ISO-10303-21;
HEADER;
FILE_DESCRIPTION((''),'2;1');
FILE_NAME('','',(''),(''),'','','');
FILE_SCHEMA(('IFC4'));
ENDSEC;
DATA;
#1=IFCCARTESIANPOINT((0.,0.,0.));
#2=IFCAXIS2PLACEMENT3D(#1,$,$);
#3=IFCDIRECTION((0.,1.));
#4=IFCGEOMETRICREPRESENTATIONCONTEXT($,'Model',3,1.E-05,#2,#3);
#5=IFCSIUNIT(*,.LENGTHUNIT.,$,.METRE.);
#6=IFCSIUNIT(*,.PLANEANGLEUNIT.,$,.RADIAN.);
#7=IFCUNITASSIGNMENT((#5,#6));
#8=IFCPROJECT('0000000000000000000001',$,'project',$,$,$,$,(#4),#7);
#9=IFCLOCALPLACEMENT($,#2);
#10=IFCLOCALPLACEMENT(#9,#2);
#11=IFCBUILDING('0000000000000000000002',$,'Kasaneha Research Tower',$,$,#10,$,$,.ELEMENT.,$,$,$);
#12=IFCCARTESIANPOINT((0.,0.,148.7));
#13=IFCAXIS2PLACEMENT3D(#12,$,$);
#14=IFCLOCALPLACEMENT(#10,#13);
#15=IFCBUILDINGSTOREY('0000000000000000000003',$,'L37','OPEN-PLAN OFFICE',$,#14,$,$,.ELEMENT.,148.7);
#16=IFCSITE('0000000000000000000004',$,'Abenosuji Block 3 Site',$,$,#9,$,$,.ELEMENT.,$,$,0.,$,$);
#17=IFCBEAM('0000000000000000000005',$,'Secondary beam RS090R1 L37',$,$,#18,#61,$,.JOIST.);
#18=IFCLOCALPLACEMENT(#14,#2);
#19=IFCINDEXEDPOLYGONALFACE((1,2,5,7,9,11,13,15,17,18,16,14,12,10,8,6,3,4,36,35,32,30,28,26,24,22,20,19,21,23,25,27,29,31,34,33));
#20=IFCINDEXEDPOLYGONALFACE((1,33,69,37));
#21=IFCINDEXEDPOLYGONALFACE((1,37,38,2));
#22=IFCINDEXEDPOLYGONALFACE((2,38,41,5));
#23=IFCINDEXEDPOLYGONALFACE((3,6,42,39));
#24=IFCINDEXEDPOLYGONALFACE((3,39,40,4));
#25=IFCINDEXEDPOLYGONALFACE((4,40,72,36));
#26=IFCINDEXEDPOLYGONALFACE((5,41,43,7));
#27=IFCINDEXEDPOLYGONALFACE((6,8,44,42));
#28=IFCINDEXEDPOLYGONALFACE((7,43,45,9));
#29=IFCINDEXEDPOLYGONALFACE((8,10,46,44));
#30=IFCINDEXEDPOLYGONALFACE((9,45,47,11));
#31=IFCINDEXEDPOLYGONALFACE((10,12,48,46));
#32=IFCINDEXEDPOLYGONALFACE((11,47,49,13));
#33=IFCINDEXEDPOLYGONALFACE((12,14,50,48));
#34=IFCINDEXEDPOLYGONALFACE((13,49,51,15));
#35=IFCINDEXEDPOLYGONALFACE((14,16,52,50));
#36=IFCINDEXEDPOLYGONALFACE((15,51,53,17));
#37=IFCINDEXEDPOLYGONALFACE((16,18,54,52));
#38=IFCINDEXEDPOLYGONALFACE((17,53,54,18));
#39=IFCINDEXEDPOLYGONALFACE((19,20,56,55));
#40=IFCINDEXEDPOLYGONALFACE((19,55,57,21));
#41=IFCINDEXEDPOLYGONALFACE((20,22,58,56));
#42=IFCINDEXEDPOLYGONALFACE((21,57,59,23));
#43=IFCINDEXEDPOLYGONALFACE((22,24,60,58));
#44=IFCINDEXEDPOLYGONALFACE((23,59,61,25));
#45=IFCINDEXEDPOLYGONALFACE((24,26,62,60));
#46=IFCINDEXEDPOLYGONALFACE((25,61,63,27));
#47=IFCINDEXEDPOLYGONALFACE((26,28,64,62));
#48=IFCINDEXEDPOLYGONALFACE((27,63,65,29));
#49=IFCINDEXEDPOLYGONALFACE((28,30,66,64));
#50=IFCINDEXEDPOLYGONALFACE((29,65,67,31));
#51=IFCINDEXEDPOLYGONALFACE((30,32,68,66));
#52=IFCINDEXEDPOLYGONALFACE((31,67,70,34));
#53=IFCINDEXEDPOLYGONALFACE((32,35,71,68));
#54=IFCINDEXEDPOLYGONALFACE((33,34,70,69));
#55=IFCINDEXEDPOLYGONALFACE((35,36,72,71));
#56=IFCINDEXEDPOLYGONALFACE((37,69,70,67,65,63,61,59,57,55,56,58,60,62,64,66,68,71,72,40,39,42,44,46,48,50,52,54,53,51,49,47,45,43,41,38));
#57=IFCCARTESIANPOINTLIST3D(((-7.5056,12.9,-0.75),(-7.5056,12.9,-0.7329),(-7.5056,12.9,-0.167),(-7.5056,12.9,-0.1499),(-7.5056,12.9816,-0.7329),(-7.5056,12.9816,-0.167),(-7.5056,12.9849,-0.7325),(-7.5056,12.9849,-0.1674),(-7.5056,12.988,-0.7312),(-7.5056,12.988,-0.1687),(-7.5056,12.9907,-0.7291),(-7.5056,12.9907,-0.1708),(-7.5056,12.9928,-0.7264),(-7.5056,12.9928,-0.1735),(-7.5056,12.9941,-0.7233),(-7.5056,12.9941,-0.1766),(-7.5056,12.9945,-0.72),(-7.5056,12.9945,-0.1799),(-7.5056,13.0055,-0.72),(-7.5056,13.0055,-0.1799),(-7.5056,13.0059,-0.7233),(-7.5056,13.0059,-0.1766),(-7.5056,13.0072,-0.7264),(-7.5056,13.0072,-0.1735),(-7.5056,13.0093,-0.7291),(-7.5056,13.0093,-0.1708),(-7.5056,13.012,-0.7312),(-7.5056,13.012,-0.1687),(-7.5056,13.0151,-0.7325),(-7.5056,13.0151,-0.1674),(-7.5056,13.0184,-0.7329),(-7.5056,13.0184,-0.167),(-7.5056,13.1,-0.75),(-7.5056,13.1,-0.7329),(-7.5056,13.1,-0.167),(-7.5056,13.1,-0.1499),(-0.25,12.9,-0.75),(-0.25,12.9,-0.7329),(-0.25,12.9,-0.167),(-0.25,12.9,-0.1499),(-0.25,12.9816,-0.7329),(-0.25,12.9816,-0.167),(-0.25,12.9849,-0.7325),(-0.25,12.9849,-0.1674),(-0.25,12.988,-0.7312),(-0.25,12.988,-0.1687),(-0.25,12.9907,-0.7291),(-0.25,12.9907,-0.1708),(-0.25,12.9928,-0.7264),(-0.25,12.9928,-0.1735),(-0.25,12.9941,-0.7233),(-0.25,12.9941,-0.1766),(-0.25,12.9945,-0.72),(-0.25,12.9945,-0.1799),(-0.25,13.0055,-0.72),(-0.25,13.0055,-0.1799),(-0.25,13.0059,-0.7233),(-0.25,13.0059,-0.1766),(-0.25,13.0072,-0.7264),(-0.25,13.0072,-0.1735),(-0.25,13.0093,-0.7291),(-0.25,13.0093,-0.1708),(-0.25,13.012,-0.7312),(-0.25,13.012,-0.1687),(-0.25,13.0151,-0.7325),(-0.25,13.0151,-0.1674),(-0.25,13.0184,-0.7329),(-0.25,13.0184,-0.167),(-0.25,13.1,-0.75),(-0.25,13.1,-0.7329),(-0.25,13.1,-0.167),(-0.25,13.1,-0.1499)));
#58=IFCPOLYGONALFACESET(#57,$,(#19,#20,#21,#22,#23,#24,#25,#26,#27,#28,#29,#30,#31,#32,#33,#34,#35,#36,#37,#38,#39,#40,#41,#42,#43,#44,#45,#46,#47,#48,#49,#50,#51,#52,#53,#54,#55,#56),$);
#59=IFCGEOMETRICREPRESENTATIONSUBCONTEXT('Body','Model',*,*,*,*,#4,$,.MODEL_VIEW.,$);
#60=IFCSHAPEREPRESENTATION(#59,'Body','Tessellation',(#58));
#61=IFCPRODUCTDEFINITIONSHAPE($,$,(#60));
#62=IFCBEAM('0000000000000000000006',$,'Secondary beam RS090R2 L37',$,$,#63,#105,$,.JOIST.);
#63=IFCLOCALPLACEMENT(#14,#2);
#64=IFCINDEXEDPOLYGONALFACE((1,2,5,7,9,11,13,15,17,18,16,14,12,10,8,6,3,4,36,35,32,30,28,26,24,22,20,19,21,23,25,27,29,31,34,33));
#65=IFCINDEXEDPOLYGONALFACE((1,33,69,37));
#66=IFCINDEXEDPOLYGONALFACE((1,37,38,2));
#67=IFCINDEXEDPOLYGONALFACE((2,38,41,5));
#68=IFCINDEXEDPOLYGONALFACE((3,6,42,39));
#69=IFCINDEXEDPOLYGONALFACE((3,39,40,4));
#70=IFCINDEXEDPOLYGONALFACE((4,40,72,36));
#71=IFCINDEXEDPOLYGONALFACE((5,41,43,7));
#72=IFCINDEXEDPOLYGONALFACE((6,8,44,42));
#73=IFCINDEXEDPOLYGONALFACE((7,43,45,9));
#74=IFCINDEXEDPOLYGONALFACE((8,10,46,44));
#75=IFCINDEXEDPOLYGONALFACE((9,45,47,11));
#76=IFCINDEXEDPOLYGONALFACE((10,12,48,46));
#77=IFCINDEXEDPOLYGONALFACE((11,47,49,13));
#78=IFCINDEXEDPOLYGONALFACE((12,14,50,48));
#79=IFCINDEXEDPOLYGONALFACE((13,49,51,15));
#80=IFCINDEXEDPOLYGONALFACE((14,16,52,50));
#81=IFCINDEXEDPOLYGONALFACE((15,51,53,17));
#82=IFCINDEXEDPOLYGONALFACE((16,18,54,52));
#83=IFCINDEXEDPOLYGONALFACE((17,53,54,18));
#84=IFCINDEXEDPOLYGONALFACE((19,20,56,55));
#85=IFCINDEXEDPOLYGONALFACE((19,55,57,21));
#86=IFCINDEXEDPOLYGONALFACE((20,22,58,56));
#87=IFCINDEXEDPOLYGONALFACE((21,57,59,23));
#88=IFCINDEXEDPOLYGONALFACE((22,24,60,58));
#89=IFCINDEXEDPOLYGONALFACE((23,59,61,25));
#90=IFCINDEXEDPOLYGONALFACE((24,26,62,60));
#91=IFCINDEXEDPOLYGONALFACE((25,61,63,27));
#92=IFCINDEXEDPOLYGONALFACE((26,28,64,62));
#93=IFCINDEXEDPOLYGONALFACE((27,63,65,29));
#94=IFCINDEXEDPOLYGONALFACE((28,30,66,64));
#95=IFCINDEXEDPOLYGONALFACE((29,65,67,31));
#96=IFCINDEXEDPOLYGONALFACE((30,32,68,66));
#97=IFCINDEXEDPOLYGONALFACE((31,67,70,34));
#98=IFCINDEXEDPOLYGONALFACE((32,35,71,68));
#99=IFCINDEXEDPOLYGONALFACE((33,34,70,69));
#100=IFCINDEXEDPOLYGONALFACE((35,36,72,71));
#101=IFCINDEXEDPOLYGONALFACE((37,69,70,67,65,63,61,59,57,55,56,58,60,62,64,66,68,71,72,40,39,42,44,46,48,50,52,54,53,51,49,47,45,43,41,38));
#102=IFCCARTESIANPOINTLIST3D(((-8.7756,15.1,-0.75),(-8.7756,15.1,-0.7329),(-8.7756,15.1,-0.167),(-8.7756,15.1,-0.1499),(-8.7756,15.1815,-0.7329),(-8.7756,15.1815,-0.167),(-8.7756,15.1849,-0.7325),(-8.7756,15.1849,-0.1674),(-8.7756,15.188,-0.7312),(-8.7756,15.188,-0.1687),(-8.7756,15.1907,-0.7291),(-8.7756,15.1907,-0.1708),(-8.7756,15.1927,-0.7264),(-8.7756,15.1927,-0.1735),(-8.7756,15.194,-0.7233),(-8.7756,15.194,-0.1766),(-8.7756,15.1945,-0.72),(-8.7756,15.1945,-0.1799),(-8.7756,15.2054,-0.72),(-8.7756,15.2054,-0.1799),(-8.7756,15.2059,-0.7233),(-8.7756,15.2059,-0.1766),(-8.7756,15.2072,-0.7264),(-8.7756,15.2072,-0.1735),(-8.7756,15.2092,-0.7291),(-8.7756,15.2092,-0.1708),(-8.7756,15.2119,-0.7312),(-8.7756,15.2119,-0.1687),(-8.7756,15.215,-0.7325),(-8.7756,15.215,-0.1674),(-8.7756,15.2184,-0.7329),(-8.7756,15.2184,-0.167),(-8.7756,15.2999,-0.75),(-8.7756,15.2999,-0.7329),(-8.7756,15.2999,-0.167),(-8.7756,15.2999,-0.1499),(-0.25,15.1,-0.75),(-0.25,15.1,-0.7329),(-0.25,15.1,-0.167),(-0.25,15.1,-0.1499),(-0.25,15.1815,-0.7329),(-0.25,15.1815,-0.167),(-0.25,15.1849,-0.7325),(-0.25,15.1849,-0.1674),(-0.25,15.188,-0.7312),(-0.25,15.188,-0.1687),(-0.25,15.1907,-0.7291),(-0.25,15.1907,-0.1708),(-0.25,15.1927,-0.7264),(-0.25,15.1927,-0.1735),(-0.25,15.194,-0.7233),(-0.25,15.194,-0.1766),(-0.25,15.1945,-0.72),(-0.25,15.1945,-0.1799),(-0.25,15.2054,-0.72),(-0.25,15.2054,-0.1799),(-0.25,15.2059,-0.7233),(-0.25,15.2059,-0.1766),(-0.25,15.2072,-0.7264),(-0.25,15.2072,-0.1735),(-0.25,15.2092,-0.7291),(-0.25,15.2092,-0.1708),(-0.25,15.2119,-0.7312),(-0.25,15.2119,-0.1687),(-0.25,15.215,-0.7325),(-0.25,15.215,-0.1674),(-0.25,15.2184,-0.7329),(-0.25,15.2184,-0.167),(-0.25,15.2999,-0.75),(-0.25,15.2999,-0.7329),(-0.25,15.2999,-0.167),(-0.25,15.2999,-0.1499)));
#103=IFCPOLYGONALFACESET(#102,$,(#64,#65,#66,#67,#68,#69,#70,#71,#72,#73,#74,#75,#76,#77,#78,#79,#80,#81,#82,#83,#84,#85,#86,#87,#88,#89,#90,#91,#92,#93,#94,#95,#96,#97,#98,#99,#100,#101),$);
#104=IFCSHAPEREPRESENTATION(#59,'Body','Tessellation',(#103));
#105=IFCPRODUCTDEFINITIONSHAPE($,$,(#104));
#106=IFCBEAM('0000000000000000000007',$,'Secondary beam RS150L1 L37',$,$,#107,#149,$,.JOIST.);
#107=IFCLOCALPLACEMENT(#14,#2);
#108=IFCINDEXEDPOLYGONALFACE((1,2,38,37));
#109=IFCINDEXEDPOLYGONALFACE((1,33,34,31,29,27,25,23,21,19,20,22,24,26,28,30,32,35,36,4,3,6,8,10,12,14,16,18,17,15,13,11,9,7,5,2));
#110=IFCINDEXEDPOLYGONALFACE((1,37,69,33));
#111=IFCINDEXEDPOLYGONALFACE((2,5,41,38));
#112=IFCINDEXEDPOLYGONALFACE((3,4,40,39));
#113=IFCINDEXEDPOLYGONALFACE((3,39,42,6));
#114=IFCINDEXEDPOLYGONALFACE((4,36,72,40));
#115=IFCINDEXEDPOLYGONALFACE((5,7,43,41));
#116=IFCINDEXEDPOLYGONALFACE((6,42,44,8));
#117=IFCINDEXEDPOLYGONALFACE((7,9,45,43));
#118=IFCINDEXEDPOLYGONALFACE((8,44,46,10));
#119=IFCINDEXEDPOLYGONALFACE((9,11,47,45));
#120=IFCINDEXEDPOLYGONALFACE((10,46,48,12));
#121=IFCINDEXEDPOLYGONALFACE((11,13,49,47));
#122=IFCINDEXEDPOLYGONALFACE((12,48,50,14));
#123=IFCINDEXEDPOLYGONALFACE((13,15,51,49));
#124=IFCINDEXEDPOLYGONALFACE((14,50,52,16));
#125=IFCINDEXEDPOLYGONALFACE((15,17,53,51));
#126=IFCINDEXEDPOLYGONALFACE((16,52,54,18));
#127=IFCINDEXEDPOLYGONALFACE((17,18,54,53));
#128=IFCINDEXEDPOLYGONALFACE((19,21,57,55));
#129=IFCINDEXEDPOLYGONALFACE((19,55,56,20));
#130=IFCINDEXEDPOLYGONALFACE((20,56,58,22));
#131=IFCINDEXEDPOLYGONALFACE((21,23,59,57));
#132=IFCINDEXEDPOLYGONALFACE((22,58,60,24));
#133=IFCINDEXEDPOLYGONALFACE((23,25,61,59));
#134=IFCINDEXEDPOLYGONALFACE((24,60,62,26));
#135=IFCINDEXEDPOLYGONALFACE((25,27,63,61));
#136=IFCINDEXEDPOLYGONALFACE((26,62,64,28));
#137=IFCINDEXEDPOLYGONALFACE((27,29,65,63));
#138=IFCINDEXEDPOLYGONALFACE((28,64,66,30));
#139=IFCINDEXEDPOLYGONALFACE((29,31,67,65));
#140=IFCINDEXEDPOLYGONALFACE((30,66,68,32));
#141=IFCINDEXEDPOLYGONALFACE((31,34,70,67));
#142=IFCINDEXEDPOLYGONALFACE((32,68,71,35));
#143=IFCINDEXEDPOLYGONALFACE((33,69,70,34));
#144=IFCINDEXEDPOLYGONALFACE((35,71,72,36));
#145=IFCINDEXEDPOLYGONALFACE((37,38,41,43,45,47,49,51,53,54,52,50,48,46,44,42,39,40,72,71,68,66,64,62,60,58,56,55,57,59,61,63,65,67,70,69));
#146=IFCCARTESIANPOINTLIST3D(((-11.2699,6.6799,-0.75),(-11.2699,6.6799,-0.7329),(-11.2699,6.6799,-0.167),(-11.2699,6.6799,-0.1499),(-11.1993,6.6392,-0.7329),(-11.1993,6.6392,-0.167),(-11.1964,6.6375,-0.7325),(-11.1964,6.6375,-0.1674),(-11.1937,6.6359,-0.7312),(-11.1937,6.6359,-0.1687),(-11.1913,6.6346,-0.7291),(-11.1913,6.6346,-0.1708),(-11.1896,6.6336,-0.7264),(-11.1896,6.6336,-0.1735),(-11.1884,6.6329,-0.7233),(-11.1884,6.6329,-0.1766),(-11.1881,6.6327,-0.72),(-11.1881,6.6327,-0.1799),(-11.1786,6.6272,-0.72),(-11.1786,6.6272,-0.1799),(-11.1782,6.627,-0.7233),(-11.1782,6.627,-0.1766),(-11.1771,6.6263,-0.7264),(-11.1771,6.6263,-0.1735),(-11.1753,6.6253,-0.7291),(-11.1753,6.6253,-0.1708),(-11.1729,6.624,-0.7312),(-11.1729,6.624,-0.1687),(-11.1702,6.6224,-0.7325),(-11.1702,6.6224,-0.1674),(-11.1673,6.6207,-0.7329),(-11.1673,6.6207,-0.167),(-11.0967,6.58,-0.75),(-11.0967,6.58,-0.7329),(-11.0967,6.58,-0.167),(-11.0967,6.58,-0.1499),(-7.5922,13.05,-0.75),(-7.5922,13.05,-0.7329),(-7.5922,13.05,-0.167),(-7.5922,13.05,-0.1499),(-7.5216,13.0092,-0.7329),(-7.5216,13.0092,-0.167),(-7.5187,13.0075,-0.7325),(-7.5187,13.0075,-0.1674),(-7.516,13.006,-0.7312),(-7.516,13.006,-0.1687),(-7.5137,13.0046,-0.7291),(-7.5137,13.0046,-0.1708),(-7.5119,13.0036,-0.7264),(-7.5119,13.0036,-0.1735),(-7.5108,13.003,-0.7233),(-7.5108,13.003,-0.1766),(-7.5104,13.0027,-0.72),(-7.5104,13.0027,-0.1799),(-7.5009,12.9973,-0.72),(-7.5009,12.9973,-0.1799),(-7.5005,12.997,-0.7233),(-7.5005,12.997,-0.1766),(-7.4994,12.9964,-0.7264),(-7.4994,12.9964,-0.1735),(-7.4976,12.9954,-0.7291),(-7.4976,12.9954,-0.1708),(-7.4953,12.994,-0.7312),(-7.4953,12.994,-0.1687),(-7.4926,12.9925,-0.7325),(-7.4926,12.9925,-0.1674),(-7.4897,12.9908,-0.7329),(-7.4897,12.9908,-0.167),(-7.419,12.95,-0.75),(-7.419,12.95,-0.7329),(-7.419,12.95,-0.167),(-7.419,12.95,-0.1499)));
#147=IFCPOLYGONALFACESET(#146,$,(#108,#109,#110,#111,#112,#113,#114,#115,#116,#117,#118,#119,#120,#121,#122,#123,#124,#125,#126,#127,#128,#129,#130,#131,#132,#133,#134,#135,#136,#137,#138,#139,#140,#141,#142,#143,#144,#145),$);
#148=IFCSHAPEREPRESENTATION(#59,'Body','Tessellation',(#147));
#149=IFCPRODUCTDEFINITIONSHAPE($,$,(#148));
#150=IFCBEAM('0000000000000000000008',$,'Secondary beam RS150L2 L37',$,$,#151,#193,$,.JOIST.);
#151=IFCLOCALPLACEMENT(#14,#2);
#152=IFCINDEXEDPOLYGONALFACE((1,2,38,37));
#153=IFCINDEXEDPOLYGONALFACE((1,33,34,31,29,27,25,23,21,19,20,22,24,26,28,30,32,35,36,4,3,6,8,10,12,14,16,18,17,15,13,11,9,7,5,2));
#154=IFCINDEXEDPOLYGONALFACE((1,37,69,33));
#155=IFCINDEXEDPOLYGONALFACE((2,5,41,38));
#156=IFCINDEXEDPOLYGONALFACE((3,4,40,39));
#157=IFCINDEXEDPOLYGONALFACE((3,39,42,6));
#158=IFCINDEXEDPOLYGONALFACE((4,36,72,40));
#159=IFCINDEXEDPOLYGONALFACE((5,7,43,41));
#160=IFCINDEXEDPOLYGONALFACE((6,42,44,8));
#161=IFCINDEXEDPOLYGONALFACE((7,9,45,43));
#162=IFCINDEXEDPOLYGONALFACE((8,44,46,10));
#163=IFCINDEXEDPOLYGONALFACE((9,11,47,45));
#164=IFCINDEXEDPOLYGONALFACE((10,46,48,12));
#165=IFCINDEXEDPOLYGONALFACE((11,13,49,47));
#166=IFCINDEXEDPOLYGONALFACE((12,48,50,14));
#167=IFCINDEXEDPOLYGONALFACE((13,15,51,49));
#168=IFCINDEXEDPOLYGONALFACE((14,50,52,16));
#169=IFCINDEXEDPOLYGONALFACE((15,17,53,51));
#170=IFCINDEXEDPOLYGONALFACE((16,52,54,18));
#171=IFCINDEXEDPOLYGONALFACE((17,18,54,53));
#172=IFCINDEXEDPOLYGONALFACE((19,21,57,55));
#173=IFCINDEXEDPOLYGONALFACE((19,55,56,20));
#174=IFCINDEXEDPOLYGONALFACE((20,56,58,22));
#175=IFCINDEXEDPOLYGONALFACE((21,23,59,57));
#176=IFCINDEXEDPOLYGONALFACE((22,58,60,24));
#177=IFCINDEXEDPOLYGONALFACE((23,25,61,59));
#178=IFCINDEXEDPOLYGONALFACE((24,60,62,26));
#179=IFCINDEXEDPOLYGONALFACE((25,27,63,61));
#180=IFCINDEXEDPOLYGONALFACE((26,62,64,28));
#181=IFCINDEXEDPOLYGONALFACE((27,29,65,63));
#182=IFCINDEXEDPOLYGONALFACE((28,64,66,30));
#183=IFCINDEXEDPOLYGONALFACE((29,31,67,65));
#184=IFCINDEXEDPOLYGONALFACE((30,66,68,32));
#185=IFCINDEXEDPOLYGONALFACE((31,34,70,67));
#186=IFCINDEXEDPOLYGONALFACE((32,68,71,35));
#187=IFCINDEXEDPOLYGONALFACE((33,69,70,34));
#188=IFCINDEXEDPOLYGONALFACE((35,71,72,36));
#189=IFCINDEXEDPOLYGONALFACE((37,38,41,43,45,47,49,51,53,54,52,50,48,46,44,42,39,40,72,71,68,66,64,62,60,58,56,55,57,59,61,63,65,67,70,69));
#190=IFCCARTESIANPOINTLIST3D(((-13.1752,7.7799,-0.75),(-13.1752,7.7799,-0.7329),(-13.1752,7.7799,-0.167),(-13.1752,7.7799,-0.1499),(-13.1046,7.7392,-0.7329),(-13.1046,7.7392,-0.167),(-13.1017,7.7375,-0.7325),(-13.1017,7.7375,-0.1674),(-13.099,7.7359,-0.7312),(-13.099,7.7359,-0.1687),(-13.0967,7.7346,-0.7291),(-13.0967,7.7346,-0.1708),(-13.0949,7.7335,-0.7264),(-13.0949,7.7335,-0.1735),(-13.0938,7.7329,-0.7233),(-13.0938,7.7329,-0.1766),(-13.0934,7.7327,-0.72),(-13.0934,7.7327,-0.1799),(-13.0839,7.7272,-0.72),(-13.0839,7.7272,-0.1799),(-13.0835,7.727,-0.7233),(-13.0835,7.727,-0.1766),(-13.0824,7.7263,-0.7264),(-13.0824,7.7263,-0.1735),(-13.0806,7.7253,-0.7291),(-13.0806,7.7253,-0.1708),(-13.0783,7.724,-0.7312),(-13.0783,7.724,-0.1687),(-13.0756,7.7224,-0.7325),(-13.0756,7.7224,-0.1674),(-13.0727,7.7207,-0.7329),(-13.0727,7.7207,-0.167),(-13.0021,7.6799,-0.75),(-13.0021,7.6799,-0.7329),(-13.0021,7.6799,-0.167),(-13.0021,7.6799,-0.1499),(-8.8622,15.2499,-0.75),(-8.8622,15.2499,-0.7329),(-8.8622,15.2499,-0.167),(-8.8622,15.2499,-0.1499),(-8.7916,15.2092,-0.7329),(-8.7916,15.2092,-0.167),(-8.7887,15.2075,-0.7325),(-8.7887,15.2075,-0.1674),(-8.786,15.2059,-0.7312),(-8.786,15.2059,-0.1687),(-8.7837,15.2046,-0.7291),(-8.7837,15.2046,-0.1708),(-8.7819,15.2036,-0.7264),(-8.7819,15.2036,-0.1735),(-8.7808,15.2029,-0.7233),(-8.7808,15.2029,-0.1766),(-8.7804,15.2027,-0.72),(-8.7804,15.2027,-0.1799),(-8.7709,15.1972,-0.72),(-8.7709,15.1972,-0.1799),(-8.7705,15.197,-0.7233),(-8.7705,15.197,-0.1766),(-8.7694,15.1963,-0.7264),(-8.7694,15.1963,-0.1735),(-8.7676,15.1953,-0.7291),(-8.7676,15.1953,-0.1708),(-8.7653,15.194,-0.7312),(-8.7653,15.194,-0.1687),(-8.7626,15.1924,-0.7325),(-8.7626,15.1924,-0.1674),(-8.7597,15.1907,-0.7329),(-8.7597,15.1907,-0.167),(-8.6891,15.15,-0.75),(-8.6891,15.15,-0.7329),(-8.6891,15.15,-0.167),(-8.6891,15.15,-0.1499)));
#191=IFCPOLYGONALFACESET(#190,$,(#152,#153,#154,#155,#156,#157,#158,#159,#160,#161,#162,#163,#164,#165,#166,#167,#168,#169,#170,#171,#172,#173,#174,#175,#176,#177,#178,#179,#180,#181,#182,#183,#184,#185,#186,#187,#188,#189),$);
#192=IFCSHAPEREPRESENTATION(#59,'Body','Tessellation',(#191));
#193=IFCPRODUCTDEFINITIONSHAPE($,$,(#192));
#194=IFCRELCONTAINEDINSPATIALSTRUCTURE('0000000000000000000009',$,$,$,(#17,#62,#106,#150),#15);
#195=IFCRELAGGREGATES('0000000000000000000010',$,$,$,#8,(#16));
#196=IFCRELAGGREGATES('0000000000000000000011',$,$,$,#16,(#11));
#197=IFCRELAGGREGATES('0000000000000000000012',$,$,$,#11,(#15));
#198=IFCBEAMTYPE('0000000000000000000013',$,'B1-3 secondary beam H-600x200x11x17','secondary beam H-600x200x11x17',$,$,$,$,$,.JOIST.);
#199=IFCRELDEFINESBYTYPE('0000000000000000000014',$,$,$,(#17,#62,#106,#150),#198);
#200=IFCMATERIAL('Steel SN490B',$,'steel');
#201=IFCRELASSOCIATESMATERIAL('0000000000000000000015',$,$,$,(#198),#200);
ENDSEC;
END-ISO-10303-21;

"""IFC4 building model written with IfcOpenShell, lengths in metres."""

from ifc_helpers import new_model, si_unit, direction, frame, origin, origin_2d, place, context, subcontext, project, spatial, i_section, extrude, material, material_profile, profile_set, type_object, element, save


model = new_model("IFC4")

# Units and contexts
model_context = context("Model", 3, precision=1e-05, world=origin(), true_north=direction((0.0, 1.0)))
body_context = subcontext(model_context, "Body", "Model", "MODEL_VIEW")
ifc_project = project(units=[si_unit("LENGTHUNIT", "METRE"), si_unit("PLANEANGLEUNIT", "RADIAN")], contexts=[model_context])

# Site, building, storey
site_placement = place(None, origin())
site = spatial("IfcSite", under=ifc_project, at=site_placement, Name="Abenosuji Block 3 Site", CompositionType="ELEMENT", RefElevation=0.0)
building_placement = place(site_placement, origin())
building = spatial("IfcBuilding", under=site, at=building_placement, Name="Kasaneha Research Tower", CompositionType="ELEMENT")
storey_placement = place(building_placement, frame((0.0, 0.0, 148.7)))
storey = spatial("IfcBuildingStorey", under=building, at=storey_placement, Name="L37", Description="OPEN-PLAN OFFICE", CompositionType="ELEMENT", Elevation=148.7)

# Beams
ifc_material_1 = material(Name="Steel SN490B", Category="steel")
ifc_material_profile_1 = material_profile(ifc_material_1, i_section(OverallWidth=0.2, OverallDepth=0.6001, WebThickness=0.011, FlangeThickness=0.0171, FilletRadius=0.0129, at=origin_2d()), Name="H-600x200x11x17")
ifc_profile_set_1 = profile_set([ifc_material_profile_1], Name="Steel SN490B")
beam_type_1 = type_object("IfcBeamType", Name="B1-3 secondary beam H-600x200x11x17", Description="secondary beam H-600x200x11x17", PredefinedType="JOIST", material=ifc_profile_set_1)
beam_1_placement = place(storey_placement, frame((-7.5056, 13.0, -0.45), z_axis=(1.0, 0.0, 0.0), x_axis=(0.0, 1.0, 0.0)))
element("IfcBeam", 1, at=beam_1_placement, inside=storey, type_object=beam_type_1, Name="Secondary beam RS090R1 L37", PredefinedType="JOIST", context=body_context, shape_type="SweptSolid", body=[
    extrude(i_section(OverallWidth=0.2, OverallDepth=0.6001, WebThickness=0.011, FlangeThickness=0.0171, FilletRadius=0.0129, at=origin_2d()), origin(), (0.0, 0.0, 1.0), 7.2556),
])
beam_2_placement = place(storey_placement, frame((-8.7756, 15.2, -0.45), z_axis=(1.0, 0.0, 0.0), x_axis=(0.0, 1.0, 0.0)))
element("IfcBeam", 2, at=beam_2_placement, inside=storey, type_object=beam_type_1, Name="Secondary beam RS090R2 L37", PredefinedType="JOIST", context=body_context, shape_type="SweptSolid", body=[
    extrude(i_section(OverallWidth=0.2, OverallDepth=0.6001, WebThickness=0.011, FlangeThickness=0.0171, FilletRadius=0.0129, at=origin_2d()), origin(), (0.0, 0.0, 1.0), 8.5256),
])
beam_3_placement = place(storey_placement, frame((-7.5056, 13.0, -0.45), z_axis=(-0.499994, -0.866029, 0.0), x_axis=(0.866029, -0.499994, 0.0)))
element("IfcBeam", 3, at=beam_3_placement, inside=storey, type_object=beam_type_1, Name="Secondary beam RS150L1 L37", PredefinedType="JOIST", context=body_context, shape_type="SweptSolid", body=[
    extrude(i_section(OverallWidth=0.2, OverallDepth=0.6001, WebThickness=0.011, FlangeThickness=0.0171, FilletRadius=0.0129, at=origin_2d()), origin(), (0.0, 0.0, 1.0), 7.3555),
])
beam_4_placement = place(storey_placement, frame((-8.7756, 15.2, -0.45), z_axis=(-0.500017, -0.866015, 0.0), x_axis=(0.866015, -0.500017, 0.0)))
element("IfcBeam", 4, at=beam_4_placement, inside=storey, type_object=beam_type_1, Name="Secondary beam RS150L2 L37", PredefinedType="JOIST", context=body_context, shape_type="SweptSolid", body=[
    extrude(i_section(OverallWidth=0.2, OverallDepth=0.6001, WebThickness=0.011, FlangeThickness=0.0171, FilletRadius=0.0129, at=origin_2d()), origin(), (0.0, 0.0, 1.0), 8.6257),
])

save(model, "model.ifc")
